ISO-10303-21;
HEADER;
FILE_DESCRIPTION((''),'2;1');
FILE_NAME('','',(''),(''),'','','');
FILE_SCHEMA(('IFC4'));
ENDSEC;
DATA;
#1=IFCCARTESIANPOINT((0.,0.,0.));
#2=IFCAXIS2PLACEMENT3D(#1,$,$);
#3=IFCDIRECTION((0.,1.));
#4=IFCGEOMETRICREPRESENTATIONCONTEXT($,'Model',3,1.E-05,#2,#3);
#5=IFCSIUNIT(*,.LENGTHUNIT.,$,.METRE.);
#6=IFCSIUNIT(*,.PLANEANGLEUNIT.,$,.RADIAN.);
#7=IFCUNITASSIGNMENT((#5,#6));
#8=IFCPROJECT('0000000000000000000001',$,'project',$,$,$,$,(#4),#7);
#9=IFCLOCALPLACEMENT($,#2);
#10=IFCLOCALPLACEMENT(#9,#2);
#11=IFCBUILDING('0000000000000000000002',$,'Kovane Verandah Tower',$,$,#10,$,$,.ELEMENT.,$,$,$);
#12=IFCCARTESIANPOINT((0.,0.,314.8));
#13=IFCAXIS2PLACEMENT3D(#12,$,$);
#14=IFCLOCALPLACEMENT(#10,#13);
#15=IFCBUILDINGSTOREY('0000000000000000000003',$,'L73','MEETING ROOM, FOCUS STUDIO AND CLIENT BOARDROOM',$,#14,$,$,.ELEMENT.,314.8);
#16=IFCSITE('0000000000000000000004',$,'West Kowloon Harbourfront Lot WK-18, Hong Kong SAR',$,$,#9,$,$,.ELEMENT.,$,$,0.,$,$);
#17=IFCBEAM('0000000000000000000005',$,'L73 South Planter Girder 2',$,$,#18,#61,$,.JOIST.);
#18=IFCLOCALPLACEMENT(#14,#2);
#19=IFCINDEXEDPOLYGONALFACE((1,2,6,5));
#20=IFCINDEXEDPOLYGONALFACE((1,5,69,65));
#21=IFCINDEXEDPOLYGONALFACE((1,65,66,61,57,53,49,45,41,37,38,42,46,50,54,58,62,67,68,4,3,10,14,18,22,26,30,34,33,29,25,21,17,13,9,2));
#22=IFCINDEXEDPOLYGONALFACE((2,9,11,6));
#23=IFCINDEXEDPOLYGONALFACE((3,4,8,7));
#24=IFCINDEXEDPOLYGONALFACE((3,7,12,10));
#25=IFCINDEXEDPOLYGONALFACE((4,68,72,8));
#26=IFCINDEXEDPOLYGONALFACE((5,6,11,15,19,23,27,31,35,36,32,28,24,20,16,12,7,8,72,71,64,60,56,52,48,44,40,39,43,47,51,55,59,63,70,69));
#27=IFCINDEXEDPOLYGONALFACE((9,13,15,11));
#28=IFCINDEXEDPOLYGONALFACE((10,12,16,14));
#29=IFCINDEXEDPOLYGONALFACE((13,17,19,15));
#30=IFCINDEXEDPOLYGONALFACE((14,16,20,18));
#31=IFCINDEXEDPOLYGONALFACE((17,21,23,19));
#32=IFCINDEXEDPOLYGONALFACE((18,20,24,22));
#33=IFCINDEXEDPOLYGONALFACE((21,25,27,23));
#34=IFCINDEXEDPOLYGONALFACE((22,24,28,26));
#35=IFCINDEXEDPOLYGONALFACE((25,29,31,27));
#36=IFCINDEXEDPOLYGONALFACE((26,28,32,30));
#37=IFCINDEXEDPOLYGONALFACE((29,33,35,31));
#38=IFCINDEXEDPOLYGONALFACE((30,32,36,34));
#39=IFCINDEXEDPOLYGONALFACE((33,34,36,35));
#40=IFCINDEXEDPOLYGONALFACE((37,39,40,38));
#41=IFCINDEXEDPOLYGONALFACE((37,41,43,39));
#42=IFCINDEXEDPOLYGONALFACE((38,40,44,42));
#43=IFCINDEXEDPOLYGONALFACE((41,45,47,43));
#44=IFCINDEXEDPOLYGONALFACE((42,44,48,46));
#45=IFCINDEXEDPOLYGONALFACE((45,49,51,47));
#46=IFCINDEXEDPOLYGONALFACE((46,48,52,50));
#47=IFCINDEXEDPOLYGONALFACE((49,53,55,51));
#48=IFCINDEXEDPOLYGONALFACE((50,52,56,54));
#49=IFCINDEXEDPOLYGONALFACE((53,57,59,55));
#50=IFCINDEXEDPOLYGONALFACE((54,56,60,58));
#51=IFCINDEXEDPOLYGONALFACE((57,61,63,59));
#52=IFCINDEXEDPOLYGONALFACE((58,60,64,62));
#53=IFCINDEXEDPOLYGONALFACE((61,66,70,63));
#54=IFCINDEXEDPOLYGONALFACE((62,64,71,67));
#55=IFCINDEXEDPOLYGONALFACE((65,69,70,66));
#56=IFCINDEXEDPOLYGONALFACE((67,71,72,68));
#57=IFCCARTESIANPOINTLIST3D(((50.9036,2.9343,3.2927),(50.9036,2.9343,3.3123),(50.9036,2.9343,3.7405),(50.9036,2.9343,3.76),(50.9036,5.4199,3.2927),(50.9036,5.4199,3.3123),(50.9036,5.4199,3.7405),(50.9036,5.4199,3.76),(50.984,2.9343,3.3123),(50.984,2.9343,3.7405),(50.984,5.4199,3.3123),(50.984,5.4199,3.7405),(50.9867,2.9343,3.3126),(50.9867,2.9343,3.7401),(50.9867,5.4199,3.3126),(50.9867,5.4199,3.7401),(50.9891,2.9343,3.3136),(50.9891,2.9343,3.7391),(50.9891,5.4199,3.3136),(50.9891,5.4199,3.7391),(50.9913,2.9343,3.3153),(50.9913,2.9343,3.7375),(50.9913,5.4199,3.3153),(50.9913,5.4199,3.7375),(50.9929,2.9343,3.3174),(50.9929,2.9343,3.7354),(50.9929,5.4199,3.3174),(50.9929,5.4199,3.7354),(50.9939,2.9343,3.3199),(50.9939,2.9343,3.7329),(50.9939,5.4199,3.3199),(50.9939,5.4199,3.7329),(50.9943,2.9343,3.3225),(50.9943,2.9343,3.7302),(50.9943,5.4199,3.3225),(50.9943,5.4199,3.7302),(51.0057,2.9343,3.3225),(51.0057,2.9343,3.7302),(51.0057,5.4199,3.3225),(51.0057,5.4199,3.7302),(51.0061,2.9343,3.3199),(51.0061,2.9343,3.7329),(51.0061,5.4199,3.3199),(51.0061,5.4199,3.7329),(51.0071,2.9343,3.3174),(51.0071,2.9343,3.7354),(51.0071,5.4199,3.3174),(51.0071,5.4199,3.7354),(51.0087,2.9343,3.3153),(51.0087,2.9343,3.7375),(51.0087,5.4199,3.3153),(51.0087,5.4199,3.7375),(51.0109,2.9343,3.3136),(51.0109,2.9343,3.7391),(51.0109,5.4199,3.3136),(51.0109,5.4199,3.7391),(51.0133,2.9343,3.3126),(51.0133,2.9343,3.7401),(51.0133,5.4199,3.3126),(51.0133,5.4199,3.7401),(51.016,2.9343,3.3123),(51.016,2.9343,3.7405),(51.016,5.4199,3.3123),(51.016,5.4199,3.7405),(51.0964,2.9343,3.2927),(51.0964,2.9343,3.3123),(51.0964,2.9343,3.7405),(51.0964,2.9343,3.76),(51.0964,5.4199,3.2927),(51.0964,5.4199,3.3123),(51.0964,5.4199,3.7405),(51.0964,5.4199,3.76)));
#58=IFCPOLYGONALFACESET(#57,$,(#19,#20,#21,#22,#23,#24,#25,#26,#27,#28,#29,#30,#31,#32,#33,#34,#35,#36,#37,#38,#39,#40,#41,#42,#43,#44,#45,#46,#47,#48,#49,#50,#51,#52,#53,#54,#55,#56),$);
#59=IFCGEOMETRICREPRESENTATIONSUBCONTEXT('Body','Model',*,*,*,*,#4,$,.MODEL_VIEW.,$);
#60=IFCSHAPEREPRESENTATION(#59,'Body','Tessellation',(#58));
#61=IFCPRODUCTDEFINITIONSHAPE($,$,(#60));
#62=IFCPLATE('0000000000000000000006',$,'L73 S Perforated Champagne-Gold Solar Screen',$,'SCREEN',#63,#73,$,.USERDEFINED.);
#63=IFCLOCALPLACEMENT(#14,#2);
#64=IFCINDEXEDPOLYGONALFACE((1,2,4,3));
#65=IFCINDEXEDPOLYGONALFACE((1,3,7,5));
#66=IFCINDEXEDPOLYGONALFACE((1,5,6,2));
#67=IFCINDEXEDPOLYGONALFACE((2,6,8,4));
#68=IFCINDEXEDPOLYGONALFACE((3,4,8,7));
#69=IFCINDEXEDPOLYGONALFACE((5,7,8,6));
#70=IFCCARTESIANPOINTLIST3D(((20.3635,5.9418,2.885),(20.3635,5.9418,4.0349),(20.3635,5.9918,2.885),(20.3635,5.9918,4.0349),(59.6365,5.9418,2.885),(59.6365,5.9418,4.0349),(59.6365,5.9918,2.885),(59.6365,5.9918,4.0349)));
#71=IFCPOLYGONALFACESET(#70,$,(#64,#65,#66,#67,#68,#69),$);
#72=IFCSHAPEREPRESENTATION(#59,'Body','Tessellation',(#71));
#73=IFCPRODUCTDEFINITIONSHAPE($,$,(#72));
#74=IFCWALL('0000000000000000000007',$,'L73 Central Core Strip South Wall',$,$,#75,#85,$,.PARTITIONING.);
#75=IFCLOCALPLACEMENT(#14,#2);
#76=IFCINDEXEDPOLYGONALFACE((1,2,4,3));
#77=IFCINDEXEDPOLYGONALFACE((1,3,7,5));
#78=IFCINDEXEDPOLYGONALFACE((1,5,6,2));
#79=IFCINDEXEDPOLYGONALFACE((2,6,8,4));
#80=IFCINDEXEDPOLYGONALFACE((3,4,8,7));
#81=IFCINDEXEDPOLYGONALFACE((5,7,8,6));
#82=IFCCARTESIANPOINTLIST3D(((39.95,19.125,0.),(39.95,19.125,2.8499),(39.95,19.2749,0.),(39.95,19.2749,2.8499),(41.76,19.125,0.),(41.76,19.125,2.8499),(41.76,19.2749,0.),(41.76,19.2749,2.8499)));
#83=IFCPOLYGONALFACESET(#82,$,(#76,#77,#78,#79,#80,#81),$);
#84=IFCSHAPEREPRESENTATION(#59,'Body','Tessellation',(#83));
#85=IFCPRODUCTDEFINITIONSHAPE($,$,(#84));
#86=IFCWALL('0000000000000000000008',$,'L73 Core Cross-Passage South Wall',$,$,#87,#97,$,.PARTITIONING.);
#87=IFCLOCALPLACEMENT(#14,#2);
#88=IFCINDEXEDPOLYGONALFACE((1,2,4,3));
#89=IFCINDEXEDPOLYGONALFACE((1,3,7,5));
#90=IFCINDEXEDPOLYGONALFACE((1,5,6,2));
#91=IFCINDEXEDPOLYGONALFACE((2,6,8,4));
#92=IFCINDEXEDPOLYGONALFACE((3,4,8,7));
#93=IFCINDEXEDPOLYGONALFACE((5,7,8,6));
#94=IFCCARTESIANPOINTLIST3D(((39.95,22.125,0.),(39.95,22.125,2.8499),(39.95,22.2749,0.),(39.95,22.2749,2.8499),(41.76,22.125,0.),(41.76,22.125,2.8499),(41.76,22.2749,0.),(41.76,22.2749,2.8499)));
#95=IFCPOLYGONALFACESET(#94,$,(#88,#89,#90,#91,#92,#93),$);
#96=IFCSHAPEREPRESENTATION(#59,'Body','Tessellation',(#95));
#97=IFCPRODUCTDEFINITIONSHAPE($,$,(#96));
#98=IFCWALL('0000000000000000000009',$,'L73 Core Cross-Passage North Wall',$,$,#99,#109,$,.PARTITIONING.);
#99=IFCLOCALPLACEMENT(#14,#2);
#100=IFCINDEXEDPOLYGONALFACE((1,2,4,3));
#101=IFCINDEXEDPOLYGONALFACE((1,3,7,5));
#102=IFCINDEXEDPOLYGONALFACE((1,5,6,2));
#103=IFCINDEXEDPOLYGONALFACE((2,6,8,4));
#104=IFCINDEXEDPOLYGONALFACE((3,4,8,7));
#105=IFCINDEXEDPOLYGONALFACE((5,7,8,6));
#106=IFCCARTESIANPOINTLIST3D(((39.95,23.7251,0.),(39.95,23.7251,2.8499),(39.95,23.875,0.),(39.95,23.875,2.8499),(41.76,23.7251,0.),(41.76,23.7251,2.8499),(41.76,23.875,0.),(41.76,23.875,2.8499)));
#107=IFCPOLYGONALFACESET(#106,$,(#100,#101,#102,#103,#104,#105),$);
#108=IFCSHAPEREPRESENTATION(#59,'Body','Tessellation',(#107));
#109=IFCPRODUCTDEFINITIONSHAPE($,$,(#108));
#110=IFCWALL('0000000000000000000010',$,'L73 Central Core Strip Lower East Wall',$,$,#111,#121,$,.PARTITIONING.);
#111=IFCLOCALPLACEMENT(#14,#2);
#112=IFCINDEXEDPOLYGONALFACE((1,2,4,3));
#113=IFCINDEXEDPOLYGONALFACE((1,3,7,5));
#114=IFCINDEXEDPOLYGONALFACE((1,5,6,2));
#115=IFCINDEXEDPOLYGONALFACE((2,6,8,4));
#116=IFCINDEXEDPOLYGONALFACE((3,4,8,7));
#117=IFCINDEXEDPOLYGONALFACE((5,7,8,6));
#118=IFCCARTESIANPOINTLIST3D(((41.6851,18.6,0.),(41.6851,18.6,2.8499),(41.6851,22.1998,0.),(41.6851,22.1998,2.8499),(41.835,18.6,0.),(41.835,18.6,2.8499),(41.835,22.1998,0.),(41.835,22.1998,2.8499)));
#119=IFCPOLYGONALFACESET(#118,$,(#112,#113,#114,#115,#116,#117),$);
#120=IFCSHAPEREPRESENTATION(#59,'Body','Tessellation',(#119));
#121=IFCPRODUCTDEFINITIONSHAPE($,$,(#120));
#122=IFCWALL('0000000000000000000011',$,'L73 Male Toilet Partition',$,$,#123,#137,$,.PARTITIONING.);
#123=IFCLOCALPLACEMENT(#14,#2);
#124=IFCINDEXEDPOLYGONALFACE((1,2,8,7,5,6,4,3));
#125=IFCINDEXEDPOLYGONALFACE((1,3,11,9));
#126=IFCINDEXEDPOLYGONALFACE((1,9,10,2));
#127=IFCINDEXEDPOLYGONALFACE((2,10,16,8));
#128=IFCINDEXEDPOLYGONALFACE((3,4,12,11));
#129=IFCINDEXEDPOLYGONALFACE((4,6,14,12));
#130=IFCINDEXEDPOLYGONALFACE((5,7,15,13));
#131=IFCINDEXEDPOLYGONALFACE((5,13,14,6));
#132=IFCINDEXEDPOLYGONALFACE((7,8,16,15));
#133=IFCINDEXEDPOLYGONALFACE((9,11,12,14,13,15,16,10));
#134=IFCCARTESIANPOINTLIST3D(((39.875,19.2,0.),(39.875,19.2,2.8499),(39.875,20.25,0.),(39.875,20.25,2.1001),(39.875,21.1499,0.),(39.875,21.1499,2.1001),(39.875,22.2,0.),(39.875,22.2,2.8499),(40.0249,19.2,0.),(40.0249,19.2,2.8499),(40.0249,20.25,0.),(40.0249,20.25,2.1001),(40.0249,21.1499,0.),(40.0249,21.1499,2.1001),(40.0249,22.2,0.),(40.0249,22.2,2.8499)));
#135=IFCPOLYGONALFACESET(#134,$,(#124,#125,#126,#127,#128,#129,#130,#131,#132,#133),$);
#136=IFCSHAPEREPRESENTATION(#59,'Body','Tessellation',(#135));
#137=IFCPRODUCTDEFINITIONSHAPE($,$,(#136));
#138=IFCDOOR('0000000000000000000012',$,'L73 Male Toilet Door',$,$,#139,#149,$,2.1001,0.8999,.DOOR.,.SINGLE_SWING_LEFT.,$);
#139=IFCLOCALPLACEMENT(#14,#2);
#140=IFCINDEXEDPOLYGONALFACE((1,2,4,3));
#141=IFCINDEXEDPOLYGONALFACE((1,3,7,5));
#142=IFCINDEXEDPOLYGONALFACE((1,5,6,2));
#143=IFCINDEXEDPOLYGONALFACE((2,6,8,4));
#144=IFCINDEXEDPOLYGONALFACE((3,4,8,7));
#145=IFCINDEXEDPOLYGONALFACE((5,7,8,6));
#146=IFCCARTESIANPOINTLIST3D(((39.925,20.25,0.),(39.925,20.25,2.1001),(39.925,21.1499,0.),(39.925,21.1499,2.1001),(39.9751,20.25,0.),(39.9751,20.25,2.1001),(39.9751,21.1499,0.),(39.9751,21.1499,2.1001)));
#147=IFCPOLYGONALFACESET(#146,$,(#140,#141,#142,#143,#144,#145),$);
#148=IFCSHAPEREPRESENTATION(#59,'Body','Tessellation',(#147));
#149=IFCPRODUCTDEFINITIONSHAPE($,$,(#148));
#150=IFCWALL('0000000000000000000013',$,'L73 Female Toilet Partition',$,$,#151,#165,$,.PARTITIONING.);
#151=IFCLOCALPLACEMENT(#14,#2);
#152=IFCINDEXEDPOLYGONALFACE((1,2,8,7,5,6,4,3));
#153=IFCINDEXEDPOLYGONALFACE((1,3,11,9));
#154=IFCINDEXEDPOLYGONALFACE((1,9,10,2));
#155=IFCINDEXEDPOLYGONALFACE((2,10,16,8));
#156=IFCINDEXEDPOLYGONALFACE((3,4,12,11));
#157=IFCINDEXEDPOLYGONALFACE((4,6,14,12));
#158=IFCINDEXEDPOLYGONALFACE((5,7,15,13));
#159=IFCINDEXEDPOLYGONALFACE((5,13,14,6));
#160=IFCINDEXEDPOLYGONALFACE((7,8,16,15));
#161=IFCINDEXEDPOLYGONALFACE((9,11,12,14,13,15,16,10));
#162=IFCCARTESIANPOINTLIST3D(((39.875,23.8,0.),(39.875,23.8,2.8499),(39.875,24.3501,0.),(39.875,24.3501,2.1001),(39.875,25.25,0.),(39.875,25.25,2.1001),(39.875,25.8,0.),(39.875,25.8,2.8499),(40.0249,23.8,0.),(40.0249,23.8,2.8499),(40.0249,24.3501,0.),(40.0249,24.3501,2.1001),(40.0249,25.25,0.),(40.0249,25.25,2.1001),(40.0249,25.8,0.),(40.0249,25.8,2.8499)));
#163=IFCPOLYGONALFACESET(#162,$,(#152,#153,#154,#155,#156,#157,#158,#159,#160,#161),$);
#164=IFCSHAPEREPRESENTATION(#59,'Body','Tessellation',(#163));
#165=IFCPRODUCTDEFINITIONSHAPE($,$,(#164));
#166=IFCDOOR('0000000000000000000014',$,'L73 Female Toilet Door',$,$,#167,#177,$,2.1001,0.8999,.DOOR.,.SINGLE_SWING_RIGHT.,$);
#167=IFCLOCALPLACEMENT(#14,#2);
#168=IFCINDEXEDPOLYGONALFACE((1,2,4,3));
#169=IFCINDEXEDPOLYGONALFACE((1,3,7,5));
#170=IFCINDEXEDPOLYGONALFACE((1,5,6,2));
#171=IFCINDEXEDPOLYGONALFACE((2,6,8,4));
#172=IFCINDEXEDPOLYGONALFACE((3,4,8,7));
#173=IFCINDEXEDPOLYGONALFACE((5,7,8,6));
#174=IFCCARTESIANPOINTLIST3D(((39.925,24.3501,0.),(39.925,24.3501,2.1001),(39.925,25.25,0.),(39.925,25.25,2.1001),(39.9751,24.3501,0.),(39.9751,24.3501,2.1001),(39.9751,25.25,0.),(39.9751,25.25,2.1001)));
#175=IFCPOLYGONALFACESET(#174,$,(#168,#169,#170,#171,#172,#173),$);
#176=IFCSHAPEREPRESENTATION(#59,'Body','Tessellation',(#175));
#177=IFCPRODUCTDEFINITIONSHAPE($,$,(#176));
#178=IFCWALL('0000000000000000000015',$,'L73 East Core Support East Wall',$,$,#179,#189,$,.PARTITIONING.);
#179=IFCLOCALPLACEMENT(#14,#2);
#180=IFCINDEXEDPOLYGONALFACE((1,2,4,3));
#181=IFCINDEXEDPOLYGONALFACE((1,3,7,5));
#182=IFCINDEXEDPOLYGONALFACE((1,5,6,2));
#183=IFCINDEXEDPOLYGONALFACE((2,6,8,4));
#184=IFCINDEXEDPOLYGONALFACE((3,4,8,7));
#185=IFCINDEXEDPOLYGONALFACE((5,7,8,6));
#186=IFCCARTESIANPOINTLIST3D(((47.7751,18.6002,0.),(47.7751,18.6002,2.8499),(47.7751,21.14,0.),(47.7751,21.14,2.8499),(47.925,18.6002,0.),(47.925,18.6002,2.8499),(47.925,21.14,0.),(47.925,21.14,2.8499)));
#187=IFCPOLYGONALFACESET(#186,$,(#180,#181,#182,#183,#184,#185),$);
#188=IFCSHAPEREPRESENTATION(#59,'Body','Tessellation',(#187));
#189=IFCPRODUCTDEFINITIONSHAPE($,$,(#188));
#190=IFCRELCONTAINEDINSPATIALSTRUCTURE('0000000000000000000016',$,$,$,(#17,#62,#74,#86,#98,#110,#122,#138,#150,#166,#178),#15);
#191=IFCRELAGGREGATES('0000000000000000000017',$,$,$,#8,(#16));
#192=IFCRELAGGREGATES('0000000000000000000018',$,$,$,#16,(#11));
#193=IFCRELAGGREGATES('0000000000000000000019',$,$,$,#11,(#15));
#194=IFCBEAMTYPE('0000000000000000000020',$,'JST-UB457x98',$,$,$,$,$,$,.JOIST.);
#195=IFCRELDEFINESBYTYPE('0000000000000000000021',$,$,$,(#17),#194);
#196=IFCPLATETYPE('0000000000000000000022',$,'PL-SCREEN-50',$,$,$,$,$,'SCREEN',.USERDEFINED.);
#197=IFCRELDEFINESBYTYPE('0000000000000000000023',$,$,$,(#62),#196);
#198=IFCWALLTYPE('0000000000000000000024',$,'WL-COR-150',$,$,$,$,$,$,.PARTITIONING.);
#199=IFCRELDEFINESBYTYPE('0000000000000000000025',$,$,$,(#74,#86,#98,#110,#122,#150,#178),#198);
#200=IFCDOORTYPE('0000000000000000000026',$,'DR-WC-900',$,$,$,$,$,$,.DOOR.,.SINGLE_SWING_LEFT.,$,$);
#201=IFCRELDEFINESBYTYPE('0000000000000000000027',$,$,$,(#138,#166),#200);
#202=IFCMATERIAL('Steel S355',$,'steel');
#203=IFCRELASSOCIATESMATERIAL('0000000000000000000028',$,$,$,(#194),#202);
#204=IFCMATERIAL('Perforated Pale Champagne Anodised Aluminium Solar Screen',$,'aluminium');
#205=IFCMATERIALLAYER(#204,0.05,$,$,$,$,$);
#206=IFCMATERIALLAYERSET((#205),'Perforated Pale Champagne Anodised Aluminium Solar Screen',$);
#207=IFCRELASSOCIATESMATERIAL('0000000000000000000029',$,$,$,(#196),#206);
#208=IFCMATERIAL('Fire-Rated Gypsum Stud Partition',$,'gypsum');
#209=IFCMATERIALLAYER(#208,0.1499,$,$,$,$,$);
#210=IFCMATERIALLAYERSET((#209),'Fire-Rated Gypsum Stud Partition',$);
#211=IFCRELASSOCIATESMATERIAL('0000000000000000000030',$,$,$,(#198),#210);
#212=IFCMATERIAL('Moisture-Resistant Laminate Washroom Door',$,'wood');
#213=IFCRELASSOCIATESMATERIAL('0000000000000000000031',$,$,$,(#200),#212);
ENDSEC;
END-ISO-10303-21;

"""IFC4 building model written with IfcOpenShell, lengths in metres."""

from ifc_helpers import new_model, si_unit, direction, frame, frame_2d, origin, origin_2d, place, context, subcontext, project, spatial, rectangle, i_section, extrude, material, layer, layer_set, material_profile, profile_set, type_object, element, fill, save


model = new_model("IFC4")

# Units and contexts
model_context = context("Model", 3, precision=1e-05, world=origin(), true_north=direction((0.0, 1.0)))
body_context = subcontext(model_context, "Body", "Model", "MODEL_VIEW")
ifc_project = project(units=[si_unit("LENGTHUNIT", "METRE"), si_unit("PLANEANGLEUNIT", "RADIAN")], contexts=[model_context])

# Site, building, storey
site_placement = place(None, origin())
site = spatial("IfcSite", under=ifc_project, at=site_placement, Name="West Kowloon Harbourfront Lot WK-18, Hong Kong SAR", CompositionType="ELEMENT", RefElevation=0.0)
building_placement = place(site_placement, origin())
building = spatial("IfcBuilding", under=site, at=building_placement, Name="Kovane Verandah Tower", CompositionType="ELEMENT")
storey_placement = place(building_placement, frame((0.0, 0.0, 314.8)))
storey = spatial("IfcBuildingStorey", under=building, at=storey_placement, Name="L73", Description="MEETING ROOM, FOCUS STUDIO AND CLIENT BOARDROOM", CompositionType="ELEMENT", Elevation=314.8)

# Beam
ifc_material_1 = material(Name="Steel S355", Category="steel")
ifc_material_profile_1 = material_profile(ifc_material_1, i_section(OverallWidth=0.1929, OverallDepth=0.4673, WebThickness=0.0115, FlangeThickness=0.0195, FilletRadius=0.0103, at=origin_2d()), Name="UB457x191x98")
ifc_profile_set_1 = profile_set([ifc_material_profile_1], Name="Steel S355")
beam_type_1 = type_object("IfcBeamType", Name="JST-UB457x98", PredefinedType="JOIST", material=ifc_profile_set_1)
beam_1_placement = place(storey_placement, frame((51.0, 5.4199, 3.5264), z_axis=(0.0, -1.0, 0.0), x_axis=(1.0, 0.0, 0.0)))
element("IfcBeam", 1, at=beam_1_placement, inside=storey, type_object=beam_type_1, Name="L73 South Planter Girder 2", PredefinedType="JOIST", context=body_context, shape_type="SweptSolid", body=[
    extrude(i_section(OverallWidth=0.1929, OverallDepth=0.4673, WebThickness=0.0115, FlangeThickness=0.0195, FilletRadius=0.0103, at=origin_2d()), origin(), (0.0, 0.0, 1.0), 2.4856),
])

# Plate
ifc_material_2 = material(Name="Perforated Pale Champagne Anodised Aluminium Solar Screen", Category="aluminium")
ifc_layer_1 = layer(ifc_material_2, 0.05)
ifc_layer_set_1 = layer_set([ifc_layer_1], Name="Perforated Pale Champagne Anodised Aluminium Solar Screen")
plate_type = type_object("IfcPlateType", Name="PL-SCREEN-50", ElementType="SCREEN", PredefinedType="USERDEFINED", material=ifc_layer_set_1)
plate_placement = place(storey_placement, frame((40.0, 5.9668, 2.885), z_axis=(0.0, 0.0, 1.0), x_axis=(1.0, 0.0, 0.0)))
element("IfcPlate", 2, at=plate_placement, inside=storey, type_object=plate_type, Name="L73 S Perforated Champagne-Gold Solar Screen", ObjectType="SCREEN", PredefinedType="USERDEFINED", context=body_context, shape_type="SweptSolid", body=[
    extrude(rectangle(XDim=39.2729, YDim=0.05, at=origin_2d()), origin(), (0.0, 0.0, 1.0), 1.1499),
])

# Walls
ifc_material_3 = material(Name="Fire-Rated Gypsum Stud Partition", Category="gypsum")
ifc_layer_2 = layer(ifc_material_3, 0.1499)
ifc_layer_set_2 = layer_set([ifc_layer_2], Name="Fire-Rated Gypsum Stud Partition")
wall_type_1 = type_object("IfcWallType", Name="WL-COR-150", PredefinedType="PARTITIONING", material=ifc_layer_set_2)
for number, where, z_axis, x_axis, name in (
    (3, (39.95, 19.2, 0.0), (0.0, 0.0, 1.0), (1.0, 0.0, 0.0), "L73 Central Core Strip South Wall"),
    (4, (39.95, 22.2, 0.0), (0.0, 0.0, 1.0), (1.0, 0.0, 0.0), "L73 Core Cross-Passage South Wall"),
    (5, (39.95, 23.8, 0.0), (0.0, 0.0, 1.0), (1.0, 0.0, 0.0), "L73 Core Cross-Passage North Wall"),
):
    element("IfcWall", number, at=place(storey_placement, frame(where, z_axis=z_axis, x_axis=x_axis)), inside=storey, type_object=wall_type_1, Name=name, PredefinedType="PARTITIONING", context=body_context, shape_type="SweptSolid", body=[
        extrude(rectangle(XDim=1.8101, YDim=0.1499, at=frame_2d((0.905, 0.0))), origin(), (0.0, 0.0, 1.0), 2.8499),
    ])
wall_1_placement = place(storey_placement, frame((41.76, 18.6001, 0.0), z_axis=(0.0, 0.0, 1.0), x_axis=(0.0, 1.0, 0.0)))
element("IfcWall", 6, at=wall_1_placement, inside=storey, type_object=wall_type_1, Name="L73 Central Core Strip Lower East Wall", PredefinedType="PARTITIONING", context=body_context, shape_type="SweptSolid", body=[
    extrude(rectangle(XDim=3.5999, YDim=0.1499, at=frame_2d((1.7998, 0.0))), origin(), (0.0, 0.0, 1.0), 2.8499),
])

# Walls, openings, doors
wall_2_placement = place(storey_placement, frame((39.95, 19.2, 0.0), z_axis=(0.0, 0.0, 1.0), x_axis=(0.0, 1.0, 0.0)))
wall_2 = element("IfcWall", 7, at=wall_2_placement, inside=storey, type_object=wall_type_1, Name="L73 Male Toilet Partition", PredefinedType="PARTITIONING", context=body_context, shape_type="SweptSolid", body=[
    extrude(rectangle(XDim=3.0, YDim=0.1499, at=frame_2d((1.5, 0.0))), origin(), (0.0, 0.0, 1.0), 2.8499),
])
opening_1_placement = place(wall_2_placement, frame((1.05, 0.0, 0.0)))
opening_1 = element("IfcOpeningElement", 8, at=opening_1_placement, cuts=wall_2, PredefinedType="OPENING", context=body_context, shape_type="SweptSolid", body=[
    extrude(rectangle(XDim=0.8999, YDim=2.1001, at=frame_2d((0.45, 1.05))), frame((0.0, 0.075, 0.0), z_axis=(0.0, -1.0, 0.0), x_axis=(1.0, 0.0, 0.0)), (0.0, 0.0, 1.0), 0.1499),
])
ifc_material_4 = material(Name="Moisture-Resistant Laminate Washroom Door", Category="wood")
door_type_1 = type_object("IfcDoorType", Name="DR-WC-900", OperationType="SINGLE_SWING_LEFT", PredefinedType="DOOR", material=ifc_material_4)
door_1_placement = place(opening_1_placement, origin())
door_1 = element("IfcDoor", 9, at=door_1_placement, inside=storey, type_object=door_type_1, Name="L73 Male Toilet Door", OperationType="SINGLE_SWING_LEFT", OverallHeight=2.1001, OverallWidth=0.8999, PredefinedType="DOOR", context=body_context, shape_type="SweptSolid", body=[
    extrude(rectangle(XDim=0.8999, YDim=2.1001, at=frame_2d((0.45, 1.05))), frame((0.0, 0.0249, 0.0), z_axis=(0.0, -1.0, 0.0), x_axis=(1.0, 0.0, 0.0)), (0.0, 0.0, 1.0), 0.05),
])
fill(opening_1, door_1)
wall_3_placement = place(storey_placement, frame((39.95, 23.8, 0.0), z_axis=(0.0, 0.0, 1.0), x_axis=(0.0, 1.0, 0.0)))
wall_3 = element("IfcWall", 10, at=wall_3_placement, inside=storey, type_object=wall_type_1, Name="L73 Female Toilet Partition", PredefinedType="PARTITIONING", context=body_context, shape_type="SweptSolid", body=[
    extrude(rectangle(XDim=2.0, YDim=0.1499, at=frame_2d((1.0, 0.0))), origin(), (0.0, 0.0, 1.0), 2.8499),
])
opening_2_placement = place(wall_3_placement, frame((0.55, 0.0, 0.0)))
opening_2 = element("IfcOpeningElement", 11, at=opening_2_placement, cuts=wall_3, PredefinedType="OPENING", context=body_context, shape_type="SweptSolid", body=[
    extrude(rectangle(XDim=0.8999, YDim=2.1001, at=frame_2d((0.45, 1.05))), frame((0.0, 0.075, 0.0), z_axis=(0.0, -1.0, 0.0), x_axis=(1.0, 0.0, 0.0)), (0.0, 0.0, 1.0), 0.1499),
])
door_2_placement = place(opening_2_placement, origin())
door_2 = element("IfcDoor", 12, at=door_2_placement, inside=storey, type_object=door_type_1, Name="L73 Female Toilet Door", OperationType="SINGLE_SWING_RIGHT", OverallHeight=2.1001, OverallWidth=0.8999, PredefinedType="DOOR", context=body_context, shape_type="SweptSolid", body=[
    extrude(rectangle(XDim=0.8999, YDim=2.1001, at=frame_2d((0.45, 1.05))), frame((0.0, 0.0249, 0.0), z_axis=(0.0, -1.0, 0.0), x_axis=(1.0, 0.0, 0.0)), (0.0, 0.0, 1.0), 0.05),
])
fill(opening_2, door_2)

# Wall
wall_4_placement = place(storey_placement, frame((47.8501, 18.6001, 0.0), z_axis=(0.0, 0.0, 1.0), x_axis=(0.0, 1.0, 0.0)))
element("IfcWall", 13, at=wall_4_placement, inside=storey, type_object=wall_type_1, Name="L73 East Core Support East Wall", PredefinedType="PARTITIONING", context=body_context, shape_type="SweptSolid", body=[
    extrude(rectangle(XDim=2.5398, YDim=0.1499, at=frame_2d((1.27, 0.0))), origin(), (0.0, 0.0, 1.0), 2.8499),
])

save(model, "model.ifc")
